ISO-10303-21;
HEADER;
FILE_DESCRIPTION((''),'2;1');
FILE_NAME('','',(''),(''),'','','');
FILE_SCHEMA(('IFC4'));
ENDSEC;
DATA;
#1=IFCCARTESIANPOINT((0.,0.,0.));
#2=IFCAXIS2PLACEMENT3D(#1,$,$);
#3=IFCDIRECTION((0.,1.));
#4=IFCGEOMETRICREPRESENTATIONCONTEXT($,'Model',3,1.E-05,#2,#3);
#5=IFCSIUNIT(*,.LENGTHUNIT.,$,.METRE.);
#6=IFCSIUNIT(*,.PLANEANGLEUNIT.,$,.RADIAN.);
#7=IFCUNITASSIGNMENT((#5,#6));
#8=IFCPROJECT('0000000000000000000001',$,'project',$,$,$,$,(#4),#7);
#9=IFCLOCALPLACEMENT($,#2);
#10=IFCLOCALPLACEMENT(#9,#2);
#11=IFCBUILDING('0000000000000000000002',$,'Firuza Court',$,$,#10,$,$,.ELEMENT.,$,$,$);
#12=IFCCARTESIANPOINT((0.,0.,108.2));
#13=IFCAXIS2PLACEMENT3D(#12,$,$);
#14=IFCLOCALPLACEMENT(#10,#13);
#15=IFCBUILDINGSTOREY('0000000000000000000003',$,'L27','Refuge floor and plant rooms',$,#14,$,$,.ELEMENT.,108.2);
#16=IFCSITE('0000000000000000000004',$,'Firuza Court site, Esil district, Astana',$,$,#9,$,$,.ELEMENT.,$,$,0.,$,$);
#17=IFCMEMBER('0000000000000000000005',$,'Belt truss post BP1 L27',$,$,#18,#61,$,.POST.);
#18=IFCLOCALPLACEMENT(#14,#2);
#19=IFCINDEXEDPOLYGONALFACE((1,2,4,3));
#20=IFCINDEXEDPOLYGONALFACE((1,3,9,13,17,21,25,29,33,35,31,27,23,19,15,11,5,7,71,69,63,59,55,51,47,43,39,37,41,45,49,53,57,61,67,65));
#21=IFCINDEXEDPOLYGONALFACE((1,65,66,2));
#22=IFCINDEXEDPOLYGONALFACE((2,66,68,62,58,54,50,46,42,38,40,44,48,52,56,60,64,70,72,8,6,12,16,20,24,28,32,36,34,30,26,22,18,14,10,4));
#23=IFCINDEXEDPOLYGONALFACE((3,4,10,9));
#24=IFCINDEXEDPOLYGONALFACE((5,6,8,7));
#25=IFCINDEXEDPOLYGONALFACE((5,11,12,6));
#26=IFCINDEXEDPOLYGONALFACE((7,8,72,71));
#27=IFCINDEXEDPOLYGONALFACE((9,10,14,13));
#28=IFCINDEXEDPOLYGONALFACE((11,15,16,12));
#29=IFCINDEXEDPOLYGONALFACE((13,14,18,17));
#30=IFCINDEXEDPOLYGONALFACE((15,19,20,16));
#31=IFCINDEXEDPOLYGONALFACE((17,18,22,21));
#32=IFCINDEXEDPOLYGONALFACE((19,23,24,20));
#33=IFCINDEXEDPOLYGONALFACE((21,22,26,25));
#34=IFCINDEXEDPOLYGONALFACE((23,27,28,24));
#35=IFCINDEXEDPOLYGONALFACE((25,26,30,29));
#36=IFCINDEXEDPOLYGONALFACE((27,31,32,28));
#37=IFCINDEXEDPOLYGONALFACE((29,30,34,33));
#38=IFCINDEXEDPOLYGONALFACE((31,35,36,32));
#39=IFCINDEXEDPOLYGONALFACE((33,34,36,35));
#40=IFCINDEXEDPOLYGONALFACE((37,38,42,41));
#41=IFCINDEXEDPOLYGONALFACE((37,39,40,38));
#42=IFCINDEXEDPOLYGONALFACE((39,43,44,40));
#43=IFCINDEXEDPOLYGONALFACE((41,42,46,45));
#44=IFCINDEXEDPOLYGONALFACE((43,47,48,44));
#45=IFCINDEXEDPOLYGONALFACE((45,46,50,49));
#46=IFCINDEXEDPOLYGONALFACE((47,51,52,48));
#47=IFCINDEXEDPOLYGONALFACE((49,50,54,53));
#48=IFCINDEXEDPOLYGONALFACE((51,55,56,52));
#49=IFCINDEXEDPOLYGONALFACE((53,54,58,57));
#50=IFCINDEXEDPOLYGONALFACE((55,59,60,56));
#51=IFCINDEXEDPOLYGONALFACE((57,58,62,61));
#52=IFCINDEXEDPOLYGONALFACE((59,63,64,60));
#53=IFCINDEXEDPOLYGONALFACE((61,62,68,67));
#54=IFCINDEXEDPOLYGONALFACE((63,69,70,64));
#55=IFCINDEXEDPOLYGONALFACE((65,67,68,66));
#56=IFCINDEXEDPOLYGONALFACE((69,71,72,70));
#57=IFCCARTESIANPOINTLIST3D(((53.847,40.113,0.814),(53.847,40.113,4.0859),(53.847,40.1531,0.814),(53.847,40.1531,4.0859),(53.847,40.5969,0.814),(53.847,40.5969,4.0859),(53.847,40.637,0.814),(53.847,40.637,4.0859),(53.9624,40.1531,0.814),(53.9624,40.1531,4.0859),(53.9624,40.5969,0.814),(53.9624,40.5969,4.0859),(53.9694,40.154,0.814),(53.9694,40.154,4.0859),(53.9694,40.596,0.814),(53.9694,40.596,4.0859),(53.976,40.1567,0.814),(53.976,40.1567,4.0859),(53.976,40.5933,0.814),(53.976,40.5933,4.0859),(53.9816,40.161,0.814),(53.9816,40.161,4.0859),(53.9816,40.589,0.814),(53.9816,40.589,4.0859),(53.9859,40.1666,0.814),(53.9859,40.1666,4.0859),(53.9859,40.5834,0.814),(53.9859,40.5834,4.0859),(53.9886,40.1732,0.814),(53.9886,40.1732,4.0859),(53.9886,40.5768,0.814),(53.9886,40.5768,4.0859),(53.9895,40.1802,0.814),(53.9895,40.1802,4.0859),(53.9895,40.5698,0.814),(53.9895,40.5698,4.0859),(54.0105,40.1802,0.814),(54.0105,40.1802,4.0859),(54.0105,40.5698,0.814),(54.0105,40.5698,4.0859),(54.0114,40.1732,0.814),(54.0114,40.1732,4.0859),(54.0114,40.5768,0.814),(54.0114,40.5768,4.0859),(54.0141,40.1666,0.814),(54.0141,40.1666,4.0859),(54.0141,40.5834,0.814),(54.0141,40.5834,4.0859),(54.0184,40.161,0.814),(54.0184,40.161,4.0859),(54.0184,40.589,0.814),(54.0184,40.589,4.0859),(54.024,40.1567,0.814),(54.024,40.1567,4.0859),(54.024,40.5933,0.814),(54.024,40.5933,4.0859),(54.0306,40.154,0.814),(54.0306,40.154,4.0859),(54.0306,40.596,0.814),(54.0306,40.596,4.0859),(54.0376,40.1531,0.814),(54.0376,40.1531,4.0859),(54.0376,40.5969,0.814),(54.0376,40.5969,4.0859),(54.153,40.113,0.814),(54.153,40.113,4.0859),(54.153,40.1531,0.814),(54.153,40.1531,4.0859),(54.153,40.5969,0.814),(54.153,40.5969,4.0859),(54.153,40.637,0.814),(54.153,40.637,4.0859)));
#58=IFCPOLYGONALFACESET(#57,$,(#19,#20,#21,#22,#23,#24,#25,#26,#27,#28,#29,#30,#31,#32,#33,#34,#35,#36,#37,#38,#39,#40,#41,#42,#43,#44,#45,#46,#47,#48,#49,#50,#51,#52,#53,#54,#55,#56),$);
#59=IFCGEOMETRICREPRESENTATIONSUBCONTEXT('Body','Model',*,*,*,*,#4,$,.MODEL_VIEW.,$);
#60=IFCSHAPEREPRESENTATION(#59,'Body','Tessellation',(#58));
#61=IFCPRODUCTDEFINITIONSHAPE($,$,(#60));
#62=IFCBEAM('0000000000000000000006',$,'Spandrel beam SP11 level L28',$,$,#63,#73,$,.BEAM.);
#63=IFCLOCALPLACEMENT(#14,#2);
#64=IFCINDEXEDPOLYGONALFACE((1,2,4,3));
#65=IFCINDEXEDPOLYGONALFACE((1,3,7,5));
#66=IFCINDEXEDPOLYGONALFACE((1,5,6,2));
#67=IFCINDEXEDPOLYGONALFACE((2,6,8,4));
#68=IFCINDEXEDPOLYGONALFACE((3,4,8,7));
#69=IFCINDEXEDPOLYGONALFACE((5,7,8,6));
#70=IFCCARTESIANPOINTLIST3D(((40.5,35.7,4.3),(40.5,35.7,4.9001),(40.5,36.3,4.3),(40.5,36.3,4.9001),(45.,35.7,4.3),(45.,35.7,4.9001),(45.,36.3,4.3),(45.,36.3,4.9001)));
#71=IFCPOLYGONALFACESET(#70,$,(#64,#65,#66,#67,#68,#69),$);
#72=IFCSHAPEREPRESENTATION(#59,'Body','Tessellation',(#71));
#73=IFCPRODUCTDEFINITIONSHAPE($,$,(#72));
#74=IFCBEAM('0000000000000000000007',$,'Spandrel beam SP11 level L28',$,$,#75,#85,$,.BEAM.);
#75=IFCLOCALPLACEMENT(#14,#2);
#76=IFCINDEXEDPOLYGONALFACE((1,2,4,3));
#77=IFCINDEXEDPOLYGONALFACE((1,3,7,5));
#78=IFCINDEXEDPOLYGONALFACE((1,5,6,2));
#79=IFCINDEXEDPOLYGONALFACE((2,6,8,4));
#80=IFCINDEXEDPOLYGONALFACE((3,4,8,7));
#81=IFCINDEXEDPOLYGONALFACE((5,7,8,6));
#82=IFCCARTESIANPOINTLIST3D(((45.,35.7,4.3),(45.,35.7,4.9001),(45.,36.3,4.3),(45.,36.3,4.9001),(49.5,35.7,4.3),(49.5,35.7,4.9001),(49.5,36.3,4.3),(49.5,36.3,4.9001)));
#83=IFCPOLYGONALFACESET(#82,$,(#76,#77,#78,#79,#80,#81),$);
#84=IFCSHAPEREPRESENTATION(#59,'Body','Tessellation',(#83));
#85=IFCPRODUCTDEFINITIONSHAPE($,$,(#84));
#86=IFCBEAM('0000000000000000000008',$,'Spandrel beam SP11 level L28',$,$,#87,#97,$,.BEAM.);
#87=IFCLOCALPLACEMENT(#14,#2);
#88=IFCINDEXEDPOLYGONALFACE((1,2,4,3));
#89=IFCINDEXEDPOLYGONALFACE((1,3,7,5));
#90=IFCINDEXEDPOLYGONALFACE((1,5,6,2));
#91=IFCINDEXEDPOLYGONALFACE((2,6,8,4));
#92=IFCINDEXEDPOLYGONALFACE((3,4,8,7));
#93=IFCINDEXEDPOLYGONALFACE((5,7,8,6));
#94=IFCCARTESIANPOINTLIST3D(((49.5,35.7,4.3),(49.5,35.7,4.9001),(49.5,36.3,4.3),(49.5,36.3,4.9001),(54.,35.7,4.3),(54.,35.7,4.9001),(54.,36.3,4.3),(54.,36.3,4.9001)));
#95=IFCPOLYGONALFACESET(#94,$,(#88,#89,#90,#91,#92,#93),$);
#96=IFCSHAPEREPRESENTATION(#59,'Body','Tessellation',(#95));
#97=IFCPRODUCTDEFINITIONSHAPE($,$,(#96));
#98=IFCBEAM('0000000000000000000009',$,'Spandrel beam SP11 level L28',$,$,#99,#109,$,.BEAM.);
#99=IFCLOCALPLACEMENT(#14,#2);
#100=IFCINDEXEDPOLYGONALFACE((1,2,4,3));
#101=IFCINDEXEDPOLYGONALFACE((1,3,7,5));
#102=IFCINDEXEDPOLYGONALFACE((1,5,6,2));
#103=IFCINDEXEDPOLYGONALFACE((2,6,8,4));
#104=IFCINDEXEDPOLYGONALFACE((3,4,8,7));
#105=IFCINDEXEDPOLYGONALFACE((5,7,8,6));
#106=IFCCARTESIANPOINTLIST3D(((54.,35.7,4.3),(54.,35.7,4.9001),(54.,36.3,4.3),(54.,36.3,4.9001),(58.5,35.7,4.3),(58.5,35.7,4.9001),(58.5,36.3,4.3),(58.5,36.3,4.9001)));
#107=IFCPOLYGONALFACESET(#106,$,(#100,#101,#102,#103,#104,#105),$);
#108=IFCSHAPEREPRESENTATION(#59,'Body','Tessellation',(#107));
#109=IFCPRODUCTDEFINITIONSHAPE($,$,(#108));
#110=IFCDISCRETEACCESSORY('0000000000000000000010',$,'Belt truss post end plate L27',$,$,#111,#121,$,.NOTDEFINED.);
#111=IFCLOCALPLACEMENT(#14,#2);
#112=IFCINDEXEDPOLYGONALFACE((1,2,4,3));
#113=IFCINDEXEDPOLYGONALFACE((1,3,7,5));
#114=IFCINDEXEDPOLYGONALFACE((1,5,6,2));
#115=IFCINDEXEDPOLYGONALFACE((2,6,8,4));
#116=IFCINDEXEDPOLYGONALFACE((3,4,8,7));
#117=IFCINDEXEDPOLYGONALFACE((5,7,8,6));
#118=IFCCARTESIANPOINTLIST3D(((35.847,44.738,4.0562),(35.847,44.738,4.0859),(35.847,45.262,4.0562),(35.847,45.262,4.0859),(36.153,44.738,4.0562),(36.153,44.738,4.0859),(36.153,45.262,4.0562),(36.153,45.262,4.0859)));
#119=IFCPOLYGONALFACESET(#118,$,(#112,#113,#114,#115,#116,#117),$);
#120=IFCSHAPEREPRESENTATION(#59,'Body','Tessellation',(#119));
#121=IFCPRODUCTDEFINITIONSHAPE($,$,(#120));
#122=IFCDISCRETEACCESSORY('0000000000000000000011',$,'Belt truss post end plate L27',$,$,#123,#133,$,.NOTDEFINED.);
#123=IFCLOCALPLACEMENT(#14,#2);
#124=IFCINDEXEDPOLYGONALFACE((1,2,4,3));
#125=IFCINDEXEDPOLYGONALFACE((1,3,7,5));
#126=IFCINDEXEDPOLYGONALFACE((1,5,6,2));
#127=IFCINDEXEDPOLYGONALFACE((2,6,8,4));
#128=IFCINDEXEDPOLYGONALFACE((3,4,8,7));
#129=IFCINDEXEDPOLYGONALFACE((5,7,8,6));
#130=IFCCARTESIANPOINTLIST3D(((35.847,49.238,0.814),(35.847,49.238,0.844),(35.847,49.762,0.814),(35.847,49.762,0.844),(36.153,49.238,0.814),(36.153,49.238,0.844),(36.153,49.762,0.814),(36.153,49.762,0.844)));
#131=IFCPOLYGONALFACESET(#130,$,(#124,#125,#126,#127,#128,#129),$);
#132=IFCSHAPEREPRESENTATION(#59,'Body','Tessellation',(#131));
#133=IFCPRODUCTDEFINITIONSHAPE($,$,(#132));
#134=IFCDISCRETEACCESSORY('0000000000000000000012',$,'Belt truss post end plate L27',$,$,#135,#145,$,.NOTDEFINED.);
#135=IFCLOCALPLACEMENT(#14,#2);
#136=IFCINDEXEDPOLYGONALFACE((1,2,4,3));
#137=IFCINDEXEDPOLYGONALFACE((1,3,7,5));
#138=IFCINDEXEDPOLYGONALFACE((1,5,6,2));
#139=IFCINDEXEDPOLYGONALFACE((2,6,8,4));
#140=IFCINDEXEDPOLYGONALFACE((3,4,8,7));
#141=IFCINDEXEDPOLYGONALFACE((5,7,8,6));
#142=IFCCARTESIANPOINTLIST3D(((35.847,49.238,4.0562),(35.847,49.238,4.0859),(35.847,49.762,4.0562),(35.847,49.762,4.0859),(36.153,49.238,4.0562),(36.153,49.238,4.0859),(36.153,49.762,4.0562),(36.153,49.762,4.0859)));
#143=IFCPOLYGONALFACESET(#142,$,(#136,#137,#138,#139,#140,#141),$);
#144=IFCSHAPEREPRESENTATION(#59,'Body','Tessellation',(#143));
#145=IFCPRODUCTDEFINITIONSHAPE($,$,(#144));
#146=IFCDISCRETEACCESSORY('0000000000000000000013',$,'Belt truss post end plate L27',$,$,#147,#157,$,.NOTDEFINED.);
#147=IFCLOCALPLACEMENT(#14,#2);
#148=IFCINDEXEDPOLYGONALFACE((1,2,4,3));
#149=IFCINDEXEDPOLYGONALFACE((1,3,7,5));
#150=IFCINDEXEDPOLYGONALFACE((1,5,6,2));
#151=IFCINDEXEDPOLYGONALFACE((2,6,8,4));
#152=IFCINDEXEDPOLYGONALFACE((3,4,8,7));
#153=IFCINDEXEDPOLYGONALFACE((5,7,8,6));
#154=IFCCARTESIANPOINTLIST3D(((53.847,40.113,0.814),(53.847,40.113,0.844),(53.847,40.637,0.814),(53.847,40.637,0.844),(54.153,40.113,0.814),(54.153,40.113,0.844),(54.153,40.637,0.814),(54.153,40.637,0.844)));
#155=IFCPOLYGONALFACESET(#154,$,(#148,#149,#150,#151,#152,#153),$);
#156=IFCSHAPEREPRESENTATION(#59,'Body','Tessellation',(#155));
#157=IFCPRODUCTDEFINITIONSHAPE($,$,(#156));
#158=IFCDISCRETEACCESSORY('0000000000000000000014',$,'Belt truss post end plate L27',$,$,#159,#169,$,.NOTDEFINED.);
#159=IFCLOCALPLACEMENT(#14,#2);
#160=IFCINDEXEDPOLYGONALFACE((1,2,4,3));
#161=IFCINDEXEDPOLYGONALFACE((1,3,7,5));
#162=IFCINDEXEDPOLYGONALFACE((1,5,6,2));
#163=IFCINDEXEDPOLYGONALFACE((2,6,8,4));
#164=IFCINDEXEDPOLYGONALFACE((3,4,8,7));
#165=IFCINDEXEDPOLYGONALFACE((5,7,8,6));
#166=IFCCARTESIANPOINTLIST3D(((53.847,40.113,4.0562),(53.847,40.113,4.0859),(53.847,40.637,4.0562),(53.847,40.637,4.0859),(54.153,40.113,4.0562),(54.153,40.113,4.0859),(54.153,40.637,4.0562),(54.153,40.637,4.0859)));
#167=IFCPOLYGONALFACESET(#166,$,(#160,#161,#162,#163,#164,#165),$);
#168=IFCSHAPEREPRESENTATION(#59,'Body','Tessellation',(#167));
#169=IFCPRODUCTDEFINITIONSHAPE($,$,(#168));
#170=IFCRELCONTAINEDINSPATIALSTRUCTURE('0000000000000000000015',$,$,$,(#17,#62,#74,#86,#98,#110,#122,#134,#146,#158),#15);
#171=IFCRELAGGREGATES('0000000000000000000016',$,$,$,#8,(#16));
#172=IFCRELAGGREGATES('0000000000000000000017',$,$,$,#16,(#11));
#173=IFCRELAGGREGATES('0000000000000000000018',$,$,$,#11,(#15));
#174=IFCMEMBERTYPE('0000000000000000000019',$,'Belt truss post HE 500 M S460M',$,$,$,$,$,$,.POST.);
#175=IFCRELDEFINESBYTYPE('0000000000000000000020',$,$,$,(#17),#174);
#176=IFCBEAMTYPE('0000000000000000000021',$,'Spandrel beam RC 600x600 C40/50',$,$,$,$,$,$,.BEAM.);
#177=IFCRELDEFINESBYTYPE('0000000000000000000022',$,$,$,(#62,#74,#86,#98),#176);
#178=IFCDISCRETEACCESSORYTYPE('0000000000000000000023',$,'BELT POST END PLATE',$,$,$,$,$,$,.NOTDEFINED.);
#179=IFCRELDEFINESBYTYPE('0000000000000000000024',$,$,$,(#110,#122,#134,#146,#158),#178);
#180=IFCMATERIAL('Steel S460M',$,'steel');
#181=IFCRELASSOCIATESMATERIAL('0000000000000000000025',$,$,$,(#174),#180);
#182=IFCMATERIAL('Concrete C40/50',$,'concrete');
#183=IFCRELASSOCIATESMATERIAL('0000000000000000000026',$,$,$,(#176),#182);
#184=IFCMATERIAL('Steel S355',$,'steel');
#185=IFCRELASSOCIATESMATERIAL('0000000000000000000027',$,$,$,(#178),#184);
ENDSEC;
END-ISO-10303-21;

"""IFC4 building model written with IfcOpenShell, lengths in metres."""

from ifc_helpers import new_model, si_unit, direction, frame, origin, origin_2d, place, context, subcontext, project, spatial, rectangle, i_section, extrude, material, material_profile, profile_set, type_object, element, save


model = new_model("IFC4")

# Units and contexts
model_context = context("Model", 3, precision=1e-05, world=origin(), true_north=direction((0.0, 1.0)))
body_context = subcontext(model_context, "Body", "Model", "MODEL_VIEW")
ifc_project = project(units=[si_unit("LENGTHUNIT", "METRE"), si_unit("PLANEANGLEUNIT", "RADIAN")], contexts=[model_context])

# Site, building, storey
site_placement = place(None, origin())
site = spatial("IfcSite", under=ifc_project, at=site_placement, Name="Firuza Court site, Esil district, Astana", CompositionType="ELEMENT", RefElevation=0.0)
building_placement = place(site_placement, origin())
building = spatial("IfcBuilding", under=site, at=building_placement, Name="Firuza Court", CompositionType="ELEMENT")
storey_placement = place(building_placement, frame((0.0, 0.0, 108.2)))
storey = spatial("IfcBuildingStorey", under=building, at=storey_placement, Name="L27", Description="Refuge floor and plant rooms", CompositionType="ELEMENT", Elevation=108.2)

# Member
ifc_material_1 = material(Name="Steel S460M", Category="steel")
ifc_material_profile_1 = material_profile(ifc_material_1, i_section(OverallWidth=0.3059, OverallDepth=0.5239, WebThickness=0.021, FlangeThickness=0.04, FilletRadius=0.0271, at=origin_2d()), Name="HE 500 M")
ifc_profile_set_1 = profile_set([ifc_material_profile_1], Name="Steel S460M")
member_type_1 = type_object("IfcMemberType", Name="Belt truss post HE 500 M S460M", PredefinedType="POST", material=ifc_profile_set_1)
for number, where, z_axis, x_axis, name in (
    (1, (54.0, 40.375, 0.814), (0.0, 0.0, 1.0), (1.0, 0.0, 0.0), "Belt truss post BP1 L27"),
):
    element("IfcMember", number, at=place(storey_placement, frame(where, z_axis=z_axis, x_axis=x_axis)), inside=storey, type_object=member_type_1, Name=name, PredefinedType="POST", context=body_context, shape_type="SweptSolid", body=[
        extrude(i_section(OverallWidth=0.3059, OverallDepth=0.5239, WebThickness=0.021, FlangeThickness=0.04, FilletRadius=0.0271, at=origin_2d()), origin(), (0.0, 0.0, 1.0), 3.272),
    ])

# Beams
ifc_material_2 = material(Name="Concrete C40/50", Category="concrete")
ifc_material_profile_2 = material_profile(ifc_material_2, rectangle(XDim=0.6001, YDim=0.6001, at=origin_2d()), Name="RC 600x600")
ifc_profile_set_2 = profile_set([ifc_material_profile_2], Name="Concrete C40/50")
beam_type_1 = type_object("IfcBeamType", Name="Spandrel beam RC 600x600 C40/50", PredefinedType="BEAM", material=ifc_profile_set_2)
for number, where, z_axis, x_axis, name in (
    (2, (40.5, 36.0, 4.6001), (1.0, 0.0, 0.0), (0.0, 1.0, 0.0), "Spandrel beam SP11 level L28"),
    (3, (45.0, 36.0, 4.6001), (1.0, 0.0, 0.0), (0.0, 1.0, 0.0), "Spandrel beam SP11 level L28"),
    (4, (49.5, 36.0, 4.6001), (1.0, 0.0, 0.0), (0.0, 1.0, 0.0), "Spandrel beam SP11 level L28"),
    (5, (54.0, 36.0, 4.6001), (1.0, 0.0, 0.0), (0.0, 1.0, 0.0), "Spandrel beam SP11 level L28"),
):
    element("IfcBeam", number, at=place(storey_placement, frame(where, z_axis=z_axis, x_axis=x_axis)), inside=storey, type_object=beam_type_1, Name=name, PredefinedType="BEAM", context=body_context, shape_type="SweptSolid", body=[
        extrude(rectangle(XDim=0.6001, YDim=0.6001, at=origin_2d()), origin(), (0.0, 0.0, 1.0), 4.5),
    ])

# Discrete accessories
ifc_material_3 = material(Name="Steel S355", Category="steel")
ifc_material_profile_3 = material_profile(ifc_material_3, rectangle(XDim=0.3059, YDim=0.5239, at=origin_2d()), Name="PL 306X524")
ifc_profile_set_3 = profile_set([ifc_material_profile_3], Name="Steel S355")
discrete_accessory_type = type_object("IfcDiscreteAccessoryType", Name="BELT POST END PLATE", PredefinedType="NOTDEFINED", material=ifc_profile_set_3)
discrete_accessory_1_placement = place(storey_placement, frame((36.0, 45.0, 4.0562), z_axis=(0.0, 0.0, 1.0), x_axis=(1.0, 0.0, 0.0)))
element("IfcDiscreteAccessory", 6, at=discrete_accessory_1_placement, inside=storey, type_object=discrete_accessory_type, Name="Belt truss post end plate L27", PredefinedType="NOTDEFINED", context=body_context, shape_type="SweptSolid", body=[
    extrude(rectangle(XDim=0.3059, YDim=0.5239, at=origin_2d()), origin(), (0.0, 0.0, 1.0), 0.0298),
])
discrete_accessory_2_placement = place(storey_placement, frame((36.0, 49.5, 0.814), z_axis=(0.0, 0.0, 1.0), x_axis=(1.0, 0.0, 0.0)))
element("IfcDiscreteAccessory", 7, at=discrete_accessory_2_placement, inside=storey, type_object=discrete_accessory_type, Name="Belt truss post end plate L27", PredefinedType="NOTDEFINED", context=body_context, shape_type="SweptSolid", body=[
    extrude(rectangle(XDim=0.3059, YDim=0.5239, at=origin_2d()), origin(), (0.0, 0.0, 1.0), 0.03),
])
discrete_accessory_3_placement = place(storey_placement, frame((36.0, 49.5, 4.0562), z_axis=(0.0, 0.0, 1.0), x_axis=(1.0, 0.0, 0.0)))
element("IfcDiscreteAccessory", 8, at=discrete_accessory_3_placement, inside=storey, type_object=discrete_accessory_type, Name="Belt truss post end plate L27", PredefinedType="NOTDEFINED", context=body_context, shape_type="SweptSolid", body=[
    extrude(rectangle(XDim=0.3059, YDim=0.5239, at=origin_2d()), origin(), (0.0, 0.0, 1.0), 0.0298),
])
discrete_accessory_4_placement = place(storey_placement, frame((54.0, 40.375, 0.814), z_axis=(0.0, 0.0, 1.0), x_axis=(1.0, 0.0, 0.0)))
element("IfcDiscreteAccessory", 9, at=discrete_accessory_4_placement, inside=storey, type_object=discrete_accessory_type, Name="Belt truss post end plate L27", PredefinedType="NOTDEFINED", context=body_context, shape_type="SweptSolid", body=[
    extrude(rectangle(XDim=0.3059, YDim=0.5239, at=origin_2d()), origin(), (0.0, 0.0, 1.0), 0.03),
])
discrete_accessory_5_placement = place(storey_placement, frame((54.0, 40.375, 4.0562), z_axis=(0.0, 0.0, 1.0), x_axis=(1.0, 0.0, 0.0)))
element("IfcDiscreteAccessory", 10, at=discrete_accessory_5_placement, inside=storey, type_object=discrete_accessory_type, Name="Belt truss post end plate L27", PredefinedType="NOTDEFINED", context=body_context, shape_type="SweptSolid", body=[
    extrude(rectangle(XDim=0.3059, YDim=0.5239, at=origin_2d()), origin(), (0.0, 0.0, 1.0), 0.0298),
])

save(model, "model.ifc")
